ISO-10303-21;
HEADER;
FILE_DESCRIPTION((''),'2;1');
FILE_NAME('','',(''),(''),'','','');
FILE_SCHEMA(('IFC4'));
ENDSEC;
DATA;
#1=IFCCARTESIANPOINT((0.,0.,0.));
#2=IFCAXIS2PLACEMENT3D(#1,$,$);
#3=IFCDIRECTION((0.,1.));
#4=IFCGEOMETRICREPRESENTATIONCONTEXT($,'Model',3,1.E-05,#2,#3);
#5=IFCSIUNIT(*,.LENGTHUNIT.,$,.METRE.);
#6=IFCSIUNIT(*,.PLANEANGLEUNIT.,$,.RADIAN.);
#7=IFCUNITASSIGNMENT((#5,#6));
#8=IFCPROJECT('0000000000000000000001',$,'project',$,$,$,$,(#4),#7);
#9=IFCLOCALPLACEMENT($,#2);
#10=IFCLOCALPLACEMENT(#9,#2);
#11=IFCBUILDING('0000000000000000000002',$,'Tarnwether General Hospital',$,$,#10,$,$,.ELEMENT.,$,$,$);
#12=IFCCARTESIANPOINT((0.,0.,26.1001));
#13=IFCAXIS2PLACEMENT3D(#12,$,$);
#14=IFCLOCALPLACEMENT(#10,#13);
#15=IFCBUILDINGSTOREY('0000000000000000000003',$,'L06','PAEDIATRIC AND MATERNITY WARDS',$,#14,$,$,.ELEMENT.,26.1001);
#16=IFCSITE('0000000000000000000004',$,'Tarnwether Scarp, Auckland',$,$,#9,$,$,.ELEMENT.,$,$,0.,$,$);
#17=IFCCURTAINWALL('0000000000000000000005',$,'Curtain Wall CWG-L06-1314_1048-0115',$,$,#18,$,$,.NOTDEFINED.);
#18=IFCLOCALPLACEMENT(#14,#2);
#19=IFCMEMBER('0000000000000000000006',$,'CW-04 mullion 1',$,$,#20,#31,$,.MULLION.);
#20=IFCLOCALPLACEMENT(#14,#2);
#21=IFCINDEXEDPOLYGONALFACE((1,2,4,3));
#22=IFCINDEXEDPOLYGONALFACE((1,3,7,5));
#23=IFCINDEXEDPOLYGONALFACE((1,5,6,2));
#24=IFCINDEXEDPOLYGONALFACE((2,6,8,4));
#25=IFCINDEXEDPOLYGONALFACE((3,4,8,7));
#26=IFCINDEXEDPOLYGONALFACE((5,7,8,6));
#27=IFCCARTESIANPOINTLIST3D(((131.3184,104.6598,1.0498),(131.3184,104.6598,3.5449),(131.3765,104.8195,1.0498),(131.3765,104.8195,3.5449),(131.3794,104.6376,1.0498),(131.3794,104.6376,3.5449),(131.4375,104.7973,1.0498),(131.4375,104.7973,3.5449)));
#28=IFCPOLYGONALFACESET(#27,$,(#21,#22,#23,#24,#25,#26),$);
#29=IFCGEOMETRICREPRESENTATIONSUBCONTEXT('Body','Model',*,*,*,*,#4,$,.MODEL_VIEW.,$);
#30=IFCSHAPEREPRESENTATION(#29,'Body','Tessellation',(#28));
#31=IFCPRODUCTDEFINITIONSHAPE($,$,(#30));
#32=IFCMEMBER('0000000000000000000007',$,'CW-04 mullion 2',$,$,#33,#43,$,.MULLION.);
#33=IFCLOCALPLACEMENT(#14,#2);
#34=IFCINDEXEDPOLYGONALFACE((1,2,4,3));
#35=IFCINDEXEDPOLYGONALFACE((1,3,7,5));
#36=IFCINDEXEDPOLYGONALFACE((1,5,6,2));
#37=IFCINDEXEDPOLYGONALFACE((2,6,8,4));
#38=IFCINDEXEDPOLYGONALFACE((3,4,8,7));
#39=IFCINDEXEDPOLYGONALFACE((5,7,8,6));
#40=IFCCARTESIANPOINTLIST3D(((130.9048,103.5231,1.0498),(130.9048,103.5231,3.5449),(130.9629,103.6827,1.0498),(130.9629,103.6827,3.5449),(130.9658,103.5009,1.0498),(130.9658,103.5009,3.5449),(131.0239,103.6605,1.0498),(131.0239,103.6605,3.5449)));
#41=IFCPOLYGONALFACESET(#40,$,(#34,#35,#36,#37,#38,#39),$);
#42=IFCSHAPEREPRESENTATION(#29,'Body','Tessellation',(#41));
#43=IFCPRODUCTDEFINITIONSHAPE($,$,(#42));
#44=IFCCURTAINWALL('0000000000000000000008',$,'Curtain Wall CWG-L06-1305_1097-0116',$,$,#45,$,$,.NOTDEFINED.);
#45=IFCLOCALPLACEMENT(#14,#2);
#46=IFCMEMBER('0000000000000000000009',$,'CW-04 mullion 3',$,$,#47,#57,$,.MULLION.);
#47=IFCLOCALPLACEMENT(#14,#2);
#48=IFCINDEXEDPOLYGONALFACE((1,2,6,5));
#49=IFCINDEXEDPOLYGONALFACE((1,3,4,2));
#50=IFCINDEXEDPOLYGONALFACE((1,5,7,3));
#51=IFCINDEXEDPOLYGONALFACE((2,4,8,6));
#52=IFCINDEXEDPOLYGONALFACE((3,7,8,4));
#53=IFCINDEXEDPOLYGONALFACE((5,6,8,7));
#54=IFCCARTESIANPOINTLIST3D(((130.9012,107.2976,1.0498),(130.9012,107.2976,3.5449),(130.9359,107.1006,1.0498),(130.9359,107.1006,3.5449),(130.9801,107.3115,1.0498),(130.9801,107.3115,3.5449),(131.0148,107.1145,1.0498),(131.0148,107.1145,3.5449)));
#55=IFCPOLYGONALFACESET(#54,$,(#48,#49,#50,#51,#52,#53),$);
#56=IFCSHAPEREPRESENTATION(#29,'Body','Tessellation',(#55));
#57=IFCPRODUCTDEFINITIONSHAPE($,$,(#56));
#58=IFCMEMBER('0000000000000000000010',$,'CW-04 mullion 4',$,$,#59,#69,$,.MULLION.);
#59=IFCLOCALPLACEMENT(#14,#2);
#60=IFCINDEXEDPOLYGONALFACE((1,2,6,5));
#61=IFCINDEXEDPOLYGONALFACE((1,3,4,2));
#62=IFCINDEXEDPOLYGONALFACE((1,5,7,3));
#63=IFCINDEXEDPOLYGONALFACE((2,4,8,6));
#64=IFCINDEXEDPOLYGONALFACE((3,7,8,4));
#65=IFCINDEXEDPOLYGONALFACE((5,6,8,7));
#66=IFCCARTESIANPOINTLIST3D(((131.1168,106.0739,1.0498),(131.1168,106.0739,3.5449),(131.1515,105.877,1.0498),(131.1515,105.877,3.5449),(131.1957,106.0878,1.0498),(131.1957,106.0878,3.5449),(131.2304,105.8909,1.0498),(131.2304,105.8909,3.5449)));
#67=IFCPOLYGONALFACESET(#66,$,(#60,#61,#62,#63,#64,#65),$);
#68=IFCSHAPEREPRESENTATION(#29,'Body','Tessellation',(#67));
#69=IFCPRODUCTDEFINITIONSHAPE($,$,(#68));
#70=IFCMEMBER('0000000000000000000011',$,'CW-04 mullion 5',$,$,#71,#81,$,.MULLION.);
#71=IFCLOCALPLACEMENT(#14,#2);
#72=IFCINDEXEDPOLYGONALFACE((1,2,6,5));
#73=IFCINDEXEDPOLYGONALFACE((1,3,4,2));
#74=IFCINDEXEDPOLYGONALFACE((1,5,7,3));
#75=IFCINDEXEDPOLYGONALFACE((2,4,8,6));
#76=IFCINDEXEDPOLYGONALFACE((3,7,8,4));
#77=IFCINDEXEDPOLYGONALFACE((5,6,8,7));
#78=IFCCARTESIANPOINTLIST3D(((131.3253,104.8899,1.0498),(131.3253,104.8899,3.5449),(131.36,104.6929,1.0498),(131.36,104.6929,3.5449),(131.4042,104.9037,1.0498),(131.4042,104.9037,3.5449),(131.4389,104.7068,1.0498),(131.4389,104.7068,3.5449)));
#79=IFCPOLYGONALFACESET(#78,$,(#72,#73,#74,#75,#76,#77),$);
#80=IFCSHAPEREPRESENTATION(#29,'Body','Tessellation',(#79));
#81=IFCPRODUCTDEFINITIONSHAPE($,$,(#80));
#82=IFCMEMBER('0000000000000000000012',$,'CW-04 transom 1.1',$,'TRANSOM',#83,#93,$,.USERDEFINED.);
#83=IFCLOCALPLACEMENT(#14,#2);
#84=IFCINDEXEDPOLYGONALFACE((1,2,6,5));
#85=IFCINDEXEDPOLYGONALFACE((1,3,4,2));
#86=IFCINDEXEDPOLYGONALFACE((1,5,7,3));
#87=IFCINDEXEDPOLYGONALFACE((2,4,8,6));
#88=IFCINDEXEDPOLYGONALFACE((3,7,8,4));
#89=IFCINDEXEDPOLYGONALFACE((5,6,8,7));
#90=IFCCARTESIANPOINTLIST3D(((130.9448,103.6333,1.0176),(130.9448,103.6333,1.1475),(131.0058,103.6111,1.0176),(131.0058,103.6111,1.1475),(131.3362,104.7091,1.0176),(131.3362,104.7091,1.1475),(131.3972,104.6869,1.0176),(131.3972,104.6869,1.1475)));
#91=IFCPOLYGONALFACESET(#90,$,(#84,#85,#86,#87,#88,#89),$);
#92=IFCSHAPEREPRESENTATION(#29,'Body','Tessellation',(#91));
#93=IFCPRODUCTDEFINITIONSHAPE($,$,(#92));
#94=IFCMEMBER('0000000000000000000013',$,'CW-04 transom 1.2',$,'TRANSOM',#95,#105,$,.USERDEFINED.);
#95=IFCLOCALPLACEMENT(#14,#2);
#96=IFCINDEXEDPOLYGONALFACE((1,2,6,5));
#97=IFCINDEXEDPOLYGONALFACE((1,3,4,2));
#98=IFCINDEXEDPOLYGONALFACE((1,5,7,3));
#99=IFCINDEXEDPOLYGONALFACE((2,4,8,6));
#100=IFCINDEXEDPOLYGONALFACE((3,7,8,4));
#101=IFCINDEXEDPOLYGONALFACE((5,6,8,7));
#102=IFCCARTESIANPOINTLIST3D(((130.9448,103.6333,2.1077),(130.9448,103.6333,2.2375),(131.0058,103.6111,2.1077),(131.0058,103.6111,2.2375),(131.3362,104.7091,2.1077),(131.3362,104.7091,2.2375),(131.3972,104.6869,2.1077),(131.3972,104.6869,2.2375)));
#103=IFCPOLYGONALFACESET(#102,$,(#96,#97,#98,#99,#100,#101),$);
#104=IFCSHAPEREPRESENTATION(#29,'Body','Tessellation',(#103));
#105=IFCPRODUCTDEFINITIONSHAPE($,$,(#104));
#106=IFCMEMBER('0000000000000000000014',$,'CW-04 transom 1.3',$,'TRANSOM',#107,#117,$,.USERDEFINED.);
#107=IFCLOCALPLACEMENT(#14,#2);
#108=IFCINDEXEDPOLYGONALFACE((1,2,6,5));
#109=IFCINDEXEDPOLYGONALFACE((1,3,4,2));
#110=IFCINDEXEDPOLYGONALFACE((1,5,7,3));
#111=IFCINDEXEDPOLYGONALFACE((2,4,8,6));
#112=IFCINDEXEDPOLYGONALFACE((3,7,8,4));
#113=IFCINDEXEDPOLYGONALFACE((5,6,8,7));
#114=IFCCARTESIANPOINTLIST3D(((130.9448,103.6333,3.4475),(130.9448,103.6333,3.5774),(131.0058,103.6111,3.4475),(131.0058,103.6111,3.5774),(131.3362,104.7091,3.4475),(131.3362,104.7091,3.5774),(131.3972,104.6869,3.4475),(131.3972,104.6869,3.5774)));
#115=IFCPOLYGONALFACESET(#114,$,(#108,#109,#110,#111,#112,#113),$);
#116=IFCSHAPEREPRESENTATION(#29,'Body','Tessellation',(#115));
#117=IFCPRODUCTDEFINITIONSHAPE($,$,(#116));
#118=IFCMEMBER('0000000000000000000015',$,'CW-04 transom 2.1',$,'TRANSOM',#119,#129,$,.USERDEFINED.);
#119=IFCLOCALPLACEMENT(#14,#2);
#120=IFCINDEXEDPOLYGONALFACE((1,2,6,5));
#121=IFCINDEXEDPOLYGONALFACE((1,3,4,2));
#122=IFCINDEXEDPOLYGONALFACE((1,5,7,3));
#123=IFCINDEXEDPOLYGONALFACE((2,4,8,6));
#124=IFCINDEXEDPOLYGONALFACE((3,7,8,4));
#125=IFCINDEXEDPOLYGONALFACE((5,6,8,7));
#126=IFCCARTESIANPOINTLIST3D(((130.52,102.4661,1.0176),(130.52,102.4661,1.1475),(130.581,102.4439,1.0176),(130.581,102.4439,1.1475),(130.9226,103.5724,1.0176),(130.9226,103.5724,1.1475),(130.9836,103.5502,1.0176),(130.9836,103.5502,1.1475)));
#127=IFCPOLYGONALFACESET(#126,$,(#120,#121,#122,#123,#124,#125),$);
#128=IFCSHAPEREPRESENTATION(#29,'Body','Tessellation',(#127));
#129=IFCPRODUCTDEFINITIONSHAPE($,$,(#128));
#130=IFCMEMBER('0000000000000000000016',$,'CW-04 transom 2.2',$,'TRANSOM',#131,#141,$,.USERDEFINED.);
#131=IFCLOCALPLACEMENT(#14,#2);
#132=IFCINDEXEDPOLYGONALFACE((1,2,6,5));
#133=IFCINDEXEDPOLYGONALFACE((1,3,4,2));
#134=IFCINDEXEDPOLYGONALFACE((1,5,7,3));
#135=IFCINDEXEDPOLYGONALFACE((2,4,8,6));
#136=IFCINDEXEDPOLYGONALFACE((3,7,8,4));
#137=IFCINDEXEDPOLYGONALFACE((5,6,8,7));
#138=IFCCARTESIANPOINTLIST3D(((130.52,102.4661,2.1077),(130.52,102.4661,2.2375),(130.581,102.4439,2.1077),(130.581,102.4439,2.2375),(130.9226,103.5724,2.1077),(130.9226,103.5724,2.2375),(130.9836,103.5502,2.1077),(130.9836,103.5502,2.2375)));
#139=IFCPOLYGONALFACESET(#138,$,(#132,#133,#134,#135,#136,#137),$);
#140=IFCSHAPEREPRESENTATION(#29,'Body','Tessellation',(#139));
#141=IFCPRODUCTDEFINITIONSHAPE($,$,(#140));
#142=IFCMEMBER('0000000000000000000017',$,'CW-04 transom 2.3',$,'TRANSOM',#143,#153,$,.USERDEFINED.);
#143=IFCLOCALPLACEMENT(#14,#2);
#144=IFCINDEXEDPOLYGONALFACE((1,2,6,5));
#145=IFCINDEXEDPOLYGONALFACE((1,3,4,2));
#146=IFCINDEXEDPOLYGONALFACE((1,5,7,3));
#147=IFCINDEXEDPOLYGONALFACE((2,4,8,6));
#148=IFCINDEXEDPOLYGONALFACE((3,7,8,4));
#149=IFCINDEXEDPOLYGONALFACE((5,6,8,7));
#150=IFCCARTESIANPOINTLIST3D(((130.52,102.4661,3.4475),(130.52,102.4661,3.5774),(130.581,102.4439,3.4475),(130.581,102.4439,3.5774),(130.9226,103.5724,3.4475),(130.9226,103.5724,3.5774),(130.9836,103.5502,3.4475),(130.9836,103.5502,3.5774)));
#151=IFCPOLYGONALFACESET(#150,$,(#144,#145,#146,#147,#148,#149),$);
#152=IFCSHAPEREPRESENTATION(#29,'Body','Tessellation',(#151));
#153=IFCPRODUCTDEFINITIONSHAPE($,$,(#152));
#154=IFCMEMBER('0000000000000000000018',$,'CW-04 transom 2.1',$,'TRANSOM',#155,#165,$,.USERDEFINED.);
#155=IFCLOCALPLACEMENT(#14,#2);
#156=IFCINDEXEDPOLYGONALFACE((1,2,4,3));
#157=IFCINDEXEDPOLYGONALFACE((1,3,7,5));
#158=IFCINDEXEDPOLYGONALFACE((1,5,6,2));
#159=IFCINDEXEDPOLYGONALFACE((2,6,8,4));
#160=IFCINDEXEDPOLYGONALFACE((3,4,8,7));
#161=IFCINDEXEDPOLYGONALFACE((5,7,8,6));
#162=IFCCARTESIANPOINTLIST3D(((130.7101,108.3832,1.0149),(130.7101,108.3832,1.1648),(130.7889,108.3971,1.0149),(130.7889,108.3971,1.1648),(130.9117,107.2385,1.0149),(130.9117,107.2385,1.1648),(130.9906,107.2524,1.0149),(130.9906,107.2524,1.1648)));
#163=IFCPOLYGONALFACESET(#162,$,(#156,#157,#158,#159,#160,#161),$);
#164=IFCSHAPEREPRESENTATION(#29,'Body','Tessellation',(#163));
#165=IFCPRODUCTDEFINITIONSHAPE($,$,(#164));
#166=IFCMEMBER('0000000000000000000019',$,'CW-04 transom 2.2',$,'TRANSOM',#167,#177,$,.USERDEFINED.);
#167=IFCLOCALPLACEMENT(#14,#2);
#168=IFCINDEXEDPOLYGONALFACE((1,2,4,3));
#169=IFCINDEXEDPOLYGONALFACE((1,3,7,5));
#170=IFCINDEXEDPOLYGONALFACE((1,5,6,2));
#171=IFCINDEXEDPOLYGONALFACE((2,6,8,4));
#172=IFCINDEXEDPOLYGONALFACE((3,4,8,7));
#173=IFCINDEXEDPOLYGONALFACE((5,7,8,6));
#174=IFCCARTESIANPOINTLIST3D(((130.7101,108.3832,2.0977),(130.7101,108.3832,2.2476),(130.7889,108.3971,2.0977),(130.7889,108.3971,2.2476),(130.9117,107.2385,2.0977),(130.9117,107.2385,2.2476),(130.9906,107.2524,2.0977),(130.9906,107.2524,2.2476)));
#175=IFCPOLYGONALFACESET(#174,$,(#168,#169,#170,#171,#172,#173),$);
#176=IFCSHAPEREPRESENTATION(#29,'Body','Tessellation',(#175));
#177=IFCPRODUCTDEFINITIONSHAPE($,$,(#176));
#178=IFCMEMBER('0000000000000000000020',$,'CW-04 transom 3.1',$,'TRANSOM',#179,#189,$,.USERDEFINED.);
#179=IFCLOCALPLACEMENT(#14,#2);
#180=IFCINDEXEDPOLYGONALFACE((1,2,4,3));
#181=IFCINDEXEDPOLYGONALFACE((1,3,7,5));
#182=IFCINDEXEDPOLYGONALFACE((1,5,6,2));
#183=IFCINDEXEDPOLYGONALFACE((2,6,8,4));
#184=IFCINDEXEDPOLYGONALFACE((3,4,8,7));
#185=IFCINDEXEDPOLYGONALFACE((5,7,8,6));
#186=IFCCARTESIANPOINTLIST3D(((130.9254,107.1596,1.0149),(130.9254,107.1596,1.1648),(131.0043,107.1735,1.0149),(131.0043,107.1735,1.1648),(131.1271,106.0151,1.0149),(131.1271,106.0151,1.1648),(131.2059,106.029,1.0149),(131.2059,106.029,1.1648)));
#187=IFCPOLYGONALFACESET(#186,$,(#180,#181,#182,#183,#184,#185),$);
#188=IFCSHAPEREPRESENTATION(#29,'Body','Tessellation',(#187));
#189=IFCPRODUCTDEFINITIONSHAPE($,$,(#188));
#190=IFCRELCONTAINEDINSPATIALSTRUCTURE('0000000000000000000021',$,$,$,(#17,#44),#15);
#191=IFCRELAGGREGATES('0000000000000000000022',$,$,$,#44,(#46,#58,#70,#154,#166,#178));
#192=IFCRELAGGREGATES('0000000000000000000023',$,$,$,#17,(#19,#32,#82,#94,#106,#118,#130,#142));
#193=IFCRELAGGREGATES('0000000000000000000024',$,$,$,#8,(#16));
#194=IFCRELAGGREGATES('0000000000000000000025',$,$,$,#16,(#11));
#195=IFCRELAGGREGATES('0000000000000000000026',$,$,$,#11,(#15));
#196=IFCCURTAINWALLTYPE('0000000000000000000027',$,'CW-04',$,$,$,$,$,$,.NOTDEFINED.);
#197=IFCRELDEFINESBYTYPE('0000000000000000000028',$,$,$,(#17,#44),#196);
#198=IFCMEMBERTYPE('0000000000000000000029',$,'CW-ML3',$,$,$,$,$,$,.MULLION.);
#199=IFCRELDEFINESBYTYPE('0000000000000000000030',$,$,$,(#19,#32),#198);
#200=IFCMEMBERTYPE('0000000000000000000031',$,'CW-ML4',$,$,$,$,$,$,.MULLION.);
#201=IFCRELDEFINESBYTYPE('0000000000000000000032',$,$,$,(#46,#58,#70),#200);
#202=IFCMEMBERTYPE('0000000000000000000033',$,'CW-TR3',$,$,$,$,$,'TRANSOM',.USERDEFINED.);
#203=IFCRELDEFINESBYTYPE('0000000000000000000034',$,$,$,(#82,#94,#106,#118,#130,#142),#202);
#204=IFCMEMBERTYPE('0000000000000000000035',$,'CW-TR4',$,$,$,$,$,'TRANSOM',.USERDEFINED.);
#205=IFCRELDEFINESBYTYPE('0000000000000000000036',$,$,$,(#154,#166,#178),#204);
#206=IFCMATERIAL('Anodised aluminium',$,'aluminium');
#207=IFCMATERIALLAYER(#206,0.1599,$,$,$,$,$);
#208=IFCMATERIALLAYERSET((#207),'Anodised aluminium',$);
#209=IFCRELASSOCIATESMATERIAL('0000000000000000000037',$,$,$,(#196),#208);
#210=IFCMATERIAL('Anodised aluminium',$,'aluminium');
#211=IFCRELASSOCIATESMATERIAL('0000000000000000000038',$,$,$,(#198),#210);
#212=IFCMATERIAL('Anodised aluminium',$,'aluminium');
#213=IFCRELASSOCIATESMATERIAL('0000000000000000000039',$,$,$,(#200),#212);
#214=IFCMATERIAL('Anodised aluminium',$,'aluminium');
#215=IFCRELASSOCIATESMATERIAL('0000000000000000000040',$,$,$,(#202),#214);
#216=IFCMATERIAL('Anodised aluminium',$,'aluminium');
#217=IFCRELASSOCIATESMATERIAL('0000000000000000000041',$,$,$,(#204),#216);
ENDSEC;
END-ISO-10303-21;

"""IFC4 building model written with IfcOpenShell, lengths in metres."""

from ifc_helpers import new_model, si_unit, direction, frame, origin, origin_2d, place, context, subcontext, project, spatial, rectangle, extrude, material, layer, layer_set, material_profile, profile_set, type_object, element, aggregate, save


model = new_model("IFC4")

# Units and contexts
model_context = context("Model", 3, precision=1e-05, world=origin(), true_north=direction((0.0, 1.0)))
body_context = subcontext(model_context, "Body", "Model", "MODEL_VIEW")
ifc_project = project(units=[si_unit("LENGTHUNIT", "METRE"), si_unit("PLANEANGLEUNIT", "RADIAN")], contexts=[model_context])

# Site, building, storey
site_placement = place(None, origin())
site = spatial("IfcSite", under=ifc_project, at=site_placement, Name="Tarnwether Scarp, Auckland", CompositionType="ELEMENT", RefElevation=0.0)
building_placement = place(site_placement, origin())
building = spatial("IfcBuilding", under=site, at=building_placement, Name="Tarnwether General Hospital", CompositionType="ELEMENT")
storey_placement = place(building_placement, frame((0.0, 0.0, 26.1001)))
storey = spatial("IfcBuildingStorey", under=building, at=storey_placement, Name="L06", Description="PAEDIATRIC AND MATERNITY WARDS", CompositionType="ELEMENT", Elevation=26.1001)

# Curtain walls, members
ifc_material_1 = material(Name="Anodised aluminium", Category="aluminium")
ifc_layer_1 = layer(ifc_material_1, 0.1599)
ifc_layer_set_1 = layer_set([ifc_layer_1], Name="Anodised aluminium")
curtain_wall_type = type_object("IfcCurtainWallType", Name="CW-04", PredefinedType="NOTDEFINED", material=ifc_layer_set_1)
curtain_wall_1_placement = place(storey_placement, origin())
curtain_wall_1 = element("IfcCurtainWall", 1, at=curtain_wall_1_placement, inside=storey, type_object=curtain_wall_type, Name="Curtain Wall CWG-L06-1314_1048-0115", PredefinedType="NOTDEFINED")
ifc_material_2 = material(Name="Anodised aluminium", Category="aluminium")
ifc_material_profile_1 = material_profile(ifc_material_2, rectangle(XDim=0.0649, YDim=0.1699, at=origin_2d()), Name="ALU-MUL-65x170")
ifc_profile_set_1 = profile_set([ifc_material_profile_1], Name="Anodised aluminium")
member_type_1 = type_object("IfcMemberType", Name="CW-ML3", PredefinedType="MULLION", material=ifc_profile_set_1)
member_1_placement = place(storey_placement, frame((131.3779, 104.7285, 1.0498), z_axis=(0.0, 0.0, 1.0), x_axis=(0.939717, -0.341953, 0.0)))
member_1 = element("IfcMember", 2, at=member_1_placement, type_object=member_type_1, Name="CW-04 mullion 1", PredefinedType="MULLION", context=body_context, shape_type="SweptSolid", body=[
    extrude(rectangle(XDim=0.0649, YDim=0.1699, at=origin_2d()), origin(), (0.0, 0.0, 1.0), 2.4951),
])
member_2_placement = place(storey_placement, frame((130.9644, 103.5918, 1.0498), z_axis=(0.0, 0.0, 1.0), x_axis=(0.939717, -0.341953, 0.0)))
member_2 = element("IfcMember", 3, at=member_2_placement, type_object=member_type_1, Name="CW-04 mullion 2", PredefinedType="MULLION", context=body_context, shape_type="SweptSolid", body=[
    extrude(rectangle(XDim=0.0649, YDim=0.1699, at=origin_2d()), origin(), (0.0, 0.0, 1.0), 2.4951),
])
curtain_wall_2_placement = place(storey_placement, origin())
curtain_wall_2 = element("IfcCurtainWall", 4, at=curtain_wall_2_placement, inside=storey, type_object=curtain_wall_type, Name="Curtain Wall CWG-L06-1305_1097-0116", PredefinedType="NOTDEFINED")
ifc_material_3 = material(Name="Anodised aluminium", Category="aluminium")
ifc_material_profile_2 = material_profile(ifc_material_3, rectangle(XDim=0.0801, YDim=0.2, at=origin_2d()), Name="ALU-MUL-80x200")
ifc_profile_set_2 = profile_set([ifc_material_profile_2], Name="Anodised aluminium")
member_type_2 = type_object("IfcMemberType", Name="CW-ML4", PredefinedType="MULLION", material=ifc_profile_set_2)
member_3_placement = place(storey_placement, frame((130.958, 107.2061, 1.0498), z_axis=(0.0, 0.0, 1.0), x_axis=(0.98484, 0.173464, 0.0)))
member_3 = element("IfcMember", 5, at=member_3_placement, type_object=member_type_2, Name="CW-04 mullion 3", PredefinedType="MULLION", context=body_context, shape_type="SweptSolid", body=[
    extrude(rectangle(XDim=0.0801, YDim=0.2, at=origin_2d()), origin(), (0.0, 0.0, 1.0), 2.4951),
])
member_4_placement = place(storey_placement, frame((131.1736, 105.9824, 1.0498), z_axis=(0.0, 0.0, 1.0), x_axis=(0.98484, 0.173464, 0.0)))
member_4 = element("IfcMember", 6, at=member_4_placement, type_object=member_type_2, Name="CW-04 mullion 4", PredefinedType="MULLION", context=body_context, shape_type="SweptSolid", body=[
    extrude(rectangle(XDim=0.0801, YDim=0.2, at=origin_2d()), origin(), (0.0, 0.0, 1.0), 2.4951),
])
member_5_placement = place(storey_placement, frame((131.3821, 104.7983, 1.0498), z_axis=(0.0, 0.0, 1.0), x_axis=(0.98484, 0.173464, 0.0)))
member_5 = element("IfcMember", 7, at=member_5_placement, type_object=member_type_2, Name="CW-04 mullion 5", PredefinedType="MULLION", context=body_context, shape_type="SweptSolid", body=[
    extrude(rectangle(XDim=0.0801, YDim=0.2, at=origin_2d()), origin(), (0.0, 0.0, 1.0), 2.4951),
])

# Members
ifc_material_4 = material(Name="Anodised aluminium", Category="aluminium")
ifc_material_profile_3 = material_profile(ifc_material_4, rectangle(XDim=0.0649, YDim=0.1299, at=origin_2d()), Name="ALU-TRN-65x130")
ifc_profile_set_3 = profile_set([ifc_material_profile_3], Name="Anodised aluminium")
member_type_3 = type_object("IfcMemberType", Name="CW-TR3", ElementType="TRANSOM", PredefinedType="USERDEFINED", material=ifc_profile_set_3)
member_6_placement = place(storey_placement, frame((131.3667, 104.698, 1.0825), z_axis=(-0.341897, -0.939737, 0.0), x_axis=(0.939737, -0.341897, 0.0)))
member_6 = element("IfcMember", 8, at=member_6_placement, type_object=member_type_3, Name="CW-04 transom 1.1", ObjectType="TRANSOM", PredefinedType="USERDEFINED", context=body_context, shape_type="SweptSolid", body=[
    extrude(rectangle(XDim=0.0649, YDim=0.1299, at=origin_2d()), origin(), (0.0, 0.0, 1.0), 1.1448),
])
member_7_placement = place(storey_placement, frame((131.3667, 104.698, 2.1726), z_axis=(-0.341897, -0.939737, 0.0), x_axis=(0.939737, -0.341897, 0.0)))
member_7 = element("IfcMember", 9, at=member_7_placement, type_object=member_type_3, Name="CW-04 transom 1.2", ObjectType="TRANSOM", PredefinedType="USERDEFINED", context=body_context, shape_type="SweptSolid", body=[
    extrude(rectangle(XDim=0.0649, YDim=0.1299, at=origin_2d()), origin(), (0.0, 0.0, 1.0), 1.1448),
])
member_8_placement = place(storey_placement, frame((131.3667, 104.698, 3.5125), z_axis=(-0.341897, -0.939737, 0.0), x_axis=(0.939737, -0.341897, 0.0)))
member_8 = element("IfcMember", 10, at=member_8_placement, type_object=member_type_3, Name="CW-04 transom 1.3", ObjectType="TRANSOM", PredefinedType="USERDEFINED", context=body_context, shape_type="SweptSolid", body=[
    extrude(rectangle(XDim=0.0649, YDim=0.1299, at=origin_2d()), origin(), (0.0, 0.0, 1.0), 1.1448),
])
member_9_placement = place(storey_placement, frame((130.9531, 103.5613, 1.0825), z_axis=(-0.341993, -0.939703, 0.0), x_axis=(0.939703, -0.341993, 0.0)))
member_9 = element("IfcMember", 11, at=member_9_placement, type_object=member_type_3, Name="CW-04 transom 2.1", ObjectType="TRANSOM", PredefinedType="USERDEFINED", context=body_context, shape_type="SweptSolid", body=[
    extrude(rectangle(XDim=0.0649, YDim=0.1299, at=origin_2d()), origin(), (0.0, 0.0, 1.0), 1.1772),
])
member_10_placement = place(storey_placement, frame((130.9531, 103.5613, 2.1726), z_axis=(-0.341993, -0.939703, 0.0), x_axis=(0.939703, -0.341993, 0.0)))
member_10 = element("IfcMember", 12, at=member_10_placement, type_object=member_type_3, Name="CW-04 transom 2.2", ObjectType="TRANSOM", PredefinedType="USERDEFINED", context=body_context, shape_type="SweptSolid", body=[
    extrude(rectangle(XDim=0.0649, YDim=0.1299, at=origin_2d()), origin(), (0.0, 0.0, 1.0), 1.1772),
])
member_11_placement = place(storey_placement, frame((130.9531, 103.5613, 3.5125), z_axis=(-0.341993, -0.939703, 0.0), x_axis=(0.939703, -0.341993, 0.0)))
member_11 = element("IfcMember", 13, at=member_11_placement, type_object=member_type_3, Name="CW-04 transom 2.3", ObjectType="TRANSOM", PredefinedType="USERDEFINED", context=body_context, shape_type="SweptSolid", body=[
    extrude(rectangle(XDim=0.0649, YDim=0.1299, at=origin_2d()), origin(), (0.0, 0.0, 1.0), 1.1772),
])
ifc_material_5 = material(Name="Anodised aluminium", Category="aluminium")
ifc_material_profile_4 = material_profile(ifc_material_5, rectangle(XDim=0.0801, YDim=0.1499, at=origin_2d()), Name="ALU-TRN-80x150")
ifc_profile_set_4 = profile_set([ifc_material_profile_4], Name="Anodised aluminium")
member_type_4 = type_object("IfcMemberType", Name="CW-TR4", ElementType="TRANSOM", PredefinedType="USERDEFINED", material=ifc_profile_set_4)
member_12_placement = place(storey_placement, frame((130.7495, 108.3901, 1.0898), z_axis=(0.173486, -0.984836, 0.0), x_axis=(0.984836, 0.173486, 0.0)))
member_12 = element("IfcMember", 14, at=member_12_placement, type_object=member_type_4, Name="CW-04 transom 2.1", ObjectType="TRANSOM", PredefinedType="USERDEFINED", context=body_context, shape_type="SweptSolid", body=[
    extrude(rectangle(XDim=0.0801, YDim=0.1499, at=origin_2d()), origin(), (0.0, 0.0, 1.0), 1.1624),
])
member_13_placement = place(storey_placement, frame((130.7495, 108.3901, 2.1726), z_axis=(0.173486, -0.984836, 0.0), x_axis=(0.984836, 0.173486, 0.0)))
member_13 = element("IfcMember", 15, at=member_13_placement, type_object=member_type_4, Name="CW-04 transom 2.2", ObjectType="TRANSOM", PredefinedType="USERDEFINED", context=body_context, shape_type="SweptSolid", body=[
    extrude(rectangle(XDim=0.0801, YDim=0.1499, at=origin_2d()), origin(), (0.0, 0.0, 1.0), 1.1624),
])
member_14_placement = place(storey_placement, frame((130.9648, 107.1665, 1.0898), z_axis=(0.173522, -0.98483, 0.0), x_axis=(0.98483, 0.173522, 0.0)))
member_14 = element("IfcMember", 16, at=member_14_placement, type_object=member_type_4, Name="CW-04 transom 3.1", ObjectType="TRANSOM", PredefinedType="USERDEFINED", context=body_context, shape_type="SweptSolid", body=[
    extrude(rectangle(XDim=0.0801, YDim=0.1499, at=origin_2d()), origin(), (0.0, 0.0, 1.0), 1.1621),
])

aggregate(curtain_wall_2, [member_3, member_4, member_5, member_12, member_13, member_14])
aggregate(curtain_wall_1, [member_1, member_2, member_6, member_7, member_8, member_9, member_10, member_11])

save(model, "model.ifc")
